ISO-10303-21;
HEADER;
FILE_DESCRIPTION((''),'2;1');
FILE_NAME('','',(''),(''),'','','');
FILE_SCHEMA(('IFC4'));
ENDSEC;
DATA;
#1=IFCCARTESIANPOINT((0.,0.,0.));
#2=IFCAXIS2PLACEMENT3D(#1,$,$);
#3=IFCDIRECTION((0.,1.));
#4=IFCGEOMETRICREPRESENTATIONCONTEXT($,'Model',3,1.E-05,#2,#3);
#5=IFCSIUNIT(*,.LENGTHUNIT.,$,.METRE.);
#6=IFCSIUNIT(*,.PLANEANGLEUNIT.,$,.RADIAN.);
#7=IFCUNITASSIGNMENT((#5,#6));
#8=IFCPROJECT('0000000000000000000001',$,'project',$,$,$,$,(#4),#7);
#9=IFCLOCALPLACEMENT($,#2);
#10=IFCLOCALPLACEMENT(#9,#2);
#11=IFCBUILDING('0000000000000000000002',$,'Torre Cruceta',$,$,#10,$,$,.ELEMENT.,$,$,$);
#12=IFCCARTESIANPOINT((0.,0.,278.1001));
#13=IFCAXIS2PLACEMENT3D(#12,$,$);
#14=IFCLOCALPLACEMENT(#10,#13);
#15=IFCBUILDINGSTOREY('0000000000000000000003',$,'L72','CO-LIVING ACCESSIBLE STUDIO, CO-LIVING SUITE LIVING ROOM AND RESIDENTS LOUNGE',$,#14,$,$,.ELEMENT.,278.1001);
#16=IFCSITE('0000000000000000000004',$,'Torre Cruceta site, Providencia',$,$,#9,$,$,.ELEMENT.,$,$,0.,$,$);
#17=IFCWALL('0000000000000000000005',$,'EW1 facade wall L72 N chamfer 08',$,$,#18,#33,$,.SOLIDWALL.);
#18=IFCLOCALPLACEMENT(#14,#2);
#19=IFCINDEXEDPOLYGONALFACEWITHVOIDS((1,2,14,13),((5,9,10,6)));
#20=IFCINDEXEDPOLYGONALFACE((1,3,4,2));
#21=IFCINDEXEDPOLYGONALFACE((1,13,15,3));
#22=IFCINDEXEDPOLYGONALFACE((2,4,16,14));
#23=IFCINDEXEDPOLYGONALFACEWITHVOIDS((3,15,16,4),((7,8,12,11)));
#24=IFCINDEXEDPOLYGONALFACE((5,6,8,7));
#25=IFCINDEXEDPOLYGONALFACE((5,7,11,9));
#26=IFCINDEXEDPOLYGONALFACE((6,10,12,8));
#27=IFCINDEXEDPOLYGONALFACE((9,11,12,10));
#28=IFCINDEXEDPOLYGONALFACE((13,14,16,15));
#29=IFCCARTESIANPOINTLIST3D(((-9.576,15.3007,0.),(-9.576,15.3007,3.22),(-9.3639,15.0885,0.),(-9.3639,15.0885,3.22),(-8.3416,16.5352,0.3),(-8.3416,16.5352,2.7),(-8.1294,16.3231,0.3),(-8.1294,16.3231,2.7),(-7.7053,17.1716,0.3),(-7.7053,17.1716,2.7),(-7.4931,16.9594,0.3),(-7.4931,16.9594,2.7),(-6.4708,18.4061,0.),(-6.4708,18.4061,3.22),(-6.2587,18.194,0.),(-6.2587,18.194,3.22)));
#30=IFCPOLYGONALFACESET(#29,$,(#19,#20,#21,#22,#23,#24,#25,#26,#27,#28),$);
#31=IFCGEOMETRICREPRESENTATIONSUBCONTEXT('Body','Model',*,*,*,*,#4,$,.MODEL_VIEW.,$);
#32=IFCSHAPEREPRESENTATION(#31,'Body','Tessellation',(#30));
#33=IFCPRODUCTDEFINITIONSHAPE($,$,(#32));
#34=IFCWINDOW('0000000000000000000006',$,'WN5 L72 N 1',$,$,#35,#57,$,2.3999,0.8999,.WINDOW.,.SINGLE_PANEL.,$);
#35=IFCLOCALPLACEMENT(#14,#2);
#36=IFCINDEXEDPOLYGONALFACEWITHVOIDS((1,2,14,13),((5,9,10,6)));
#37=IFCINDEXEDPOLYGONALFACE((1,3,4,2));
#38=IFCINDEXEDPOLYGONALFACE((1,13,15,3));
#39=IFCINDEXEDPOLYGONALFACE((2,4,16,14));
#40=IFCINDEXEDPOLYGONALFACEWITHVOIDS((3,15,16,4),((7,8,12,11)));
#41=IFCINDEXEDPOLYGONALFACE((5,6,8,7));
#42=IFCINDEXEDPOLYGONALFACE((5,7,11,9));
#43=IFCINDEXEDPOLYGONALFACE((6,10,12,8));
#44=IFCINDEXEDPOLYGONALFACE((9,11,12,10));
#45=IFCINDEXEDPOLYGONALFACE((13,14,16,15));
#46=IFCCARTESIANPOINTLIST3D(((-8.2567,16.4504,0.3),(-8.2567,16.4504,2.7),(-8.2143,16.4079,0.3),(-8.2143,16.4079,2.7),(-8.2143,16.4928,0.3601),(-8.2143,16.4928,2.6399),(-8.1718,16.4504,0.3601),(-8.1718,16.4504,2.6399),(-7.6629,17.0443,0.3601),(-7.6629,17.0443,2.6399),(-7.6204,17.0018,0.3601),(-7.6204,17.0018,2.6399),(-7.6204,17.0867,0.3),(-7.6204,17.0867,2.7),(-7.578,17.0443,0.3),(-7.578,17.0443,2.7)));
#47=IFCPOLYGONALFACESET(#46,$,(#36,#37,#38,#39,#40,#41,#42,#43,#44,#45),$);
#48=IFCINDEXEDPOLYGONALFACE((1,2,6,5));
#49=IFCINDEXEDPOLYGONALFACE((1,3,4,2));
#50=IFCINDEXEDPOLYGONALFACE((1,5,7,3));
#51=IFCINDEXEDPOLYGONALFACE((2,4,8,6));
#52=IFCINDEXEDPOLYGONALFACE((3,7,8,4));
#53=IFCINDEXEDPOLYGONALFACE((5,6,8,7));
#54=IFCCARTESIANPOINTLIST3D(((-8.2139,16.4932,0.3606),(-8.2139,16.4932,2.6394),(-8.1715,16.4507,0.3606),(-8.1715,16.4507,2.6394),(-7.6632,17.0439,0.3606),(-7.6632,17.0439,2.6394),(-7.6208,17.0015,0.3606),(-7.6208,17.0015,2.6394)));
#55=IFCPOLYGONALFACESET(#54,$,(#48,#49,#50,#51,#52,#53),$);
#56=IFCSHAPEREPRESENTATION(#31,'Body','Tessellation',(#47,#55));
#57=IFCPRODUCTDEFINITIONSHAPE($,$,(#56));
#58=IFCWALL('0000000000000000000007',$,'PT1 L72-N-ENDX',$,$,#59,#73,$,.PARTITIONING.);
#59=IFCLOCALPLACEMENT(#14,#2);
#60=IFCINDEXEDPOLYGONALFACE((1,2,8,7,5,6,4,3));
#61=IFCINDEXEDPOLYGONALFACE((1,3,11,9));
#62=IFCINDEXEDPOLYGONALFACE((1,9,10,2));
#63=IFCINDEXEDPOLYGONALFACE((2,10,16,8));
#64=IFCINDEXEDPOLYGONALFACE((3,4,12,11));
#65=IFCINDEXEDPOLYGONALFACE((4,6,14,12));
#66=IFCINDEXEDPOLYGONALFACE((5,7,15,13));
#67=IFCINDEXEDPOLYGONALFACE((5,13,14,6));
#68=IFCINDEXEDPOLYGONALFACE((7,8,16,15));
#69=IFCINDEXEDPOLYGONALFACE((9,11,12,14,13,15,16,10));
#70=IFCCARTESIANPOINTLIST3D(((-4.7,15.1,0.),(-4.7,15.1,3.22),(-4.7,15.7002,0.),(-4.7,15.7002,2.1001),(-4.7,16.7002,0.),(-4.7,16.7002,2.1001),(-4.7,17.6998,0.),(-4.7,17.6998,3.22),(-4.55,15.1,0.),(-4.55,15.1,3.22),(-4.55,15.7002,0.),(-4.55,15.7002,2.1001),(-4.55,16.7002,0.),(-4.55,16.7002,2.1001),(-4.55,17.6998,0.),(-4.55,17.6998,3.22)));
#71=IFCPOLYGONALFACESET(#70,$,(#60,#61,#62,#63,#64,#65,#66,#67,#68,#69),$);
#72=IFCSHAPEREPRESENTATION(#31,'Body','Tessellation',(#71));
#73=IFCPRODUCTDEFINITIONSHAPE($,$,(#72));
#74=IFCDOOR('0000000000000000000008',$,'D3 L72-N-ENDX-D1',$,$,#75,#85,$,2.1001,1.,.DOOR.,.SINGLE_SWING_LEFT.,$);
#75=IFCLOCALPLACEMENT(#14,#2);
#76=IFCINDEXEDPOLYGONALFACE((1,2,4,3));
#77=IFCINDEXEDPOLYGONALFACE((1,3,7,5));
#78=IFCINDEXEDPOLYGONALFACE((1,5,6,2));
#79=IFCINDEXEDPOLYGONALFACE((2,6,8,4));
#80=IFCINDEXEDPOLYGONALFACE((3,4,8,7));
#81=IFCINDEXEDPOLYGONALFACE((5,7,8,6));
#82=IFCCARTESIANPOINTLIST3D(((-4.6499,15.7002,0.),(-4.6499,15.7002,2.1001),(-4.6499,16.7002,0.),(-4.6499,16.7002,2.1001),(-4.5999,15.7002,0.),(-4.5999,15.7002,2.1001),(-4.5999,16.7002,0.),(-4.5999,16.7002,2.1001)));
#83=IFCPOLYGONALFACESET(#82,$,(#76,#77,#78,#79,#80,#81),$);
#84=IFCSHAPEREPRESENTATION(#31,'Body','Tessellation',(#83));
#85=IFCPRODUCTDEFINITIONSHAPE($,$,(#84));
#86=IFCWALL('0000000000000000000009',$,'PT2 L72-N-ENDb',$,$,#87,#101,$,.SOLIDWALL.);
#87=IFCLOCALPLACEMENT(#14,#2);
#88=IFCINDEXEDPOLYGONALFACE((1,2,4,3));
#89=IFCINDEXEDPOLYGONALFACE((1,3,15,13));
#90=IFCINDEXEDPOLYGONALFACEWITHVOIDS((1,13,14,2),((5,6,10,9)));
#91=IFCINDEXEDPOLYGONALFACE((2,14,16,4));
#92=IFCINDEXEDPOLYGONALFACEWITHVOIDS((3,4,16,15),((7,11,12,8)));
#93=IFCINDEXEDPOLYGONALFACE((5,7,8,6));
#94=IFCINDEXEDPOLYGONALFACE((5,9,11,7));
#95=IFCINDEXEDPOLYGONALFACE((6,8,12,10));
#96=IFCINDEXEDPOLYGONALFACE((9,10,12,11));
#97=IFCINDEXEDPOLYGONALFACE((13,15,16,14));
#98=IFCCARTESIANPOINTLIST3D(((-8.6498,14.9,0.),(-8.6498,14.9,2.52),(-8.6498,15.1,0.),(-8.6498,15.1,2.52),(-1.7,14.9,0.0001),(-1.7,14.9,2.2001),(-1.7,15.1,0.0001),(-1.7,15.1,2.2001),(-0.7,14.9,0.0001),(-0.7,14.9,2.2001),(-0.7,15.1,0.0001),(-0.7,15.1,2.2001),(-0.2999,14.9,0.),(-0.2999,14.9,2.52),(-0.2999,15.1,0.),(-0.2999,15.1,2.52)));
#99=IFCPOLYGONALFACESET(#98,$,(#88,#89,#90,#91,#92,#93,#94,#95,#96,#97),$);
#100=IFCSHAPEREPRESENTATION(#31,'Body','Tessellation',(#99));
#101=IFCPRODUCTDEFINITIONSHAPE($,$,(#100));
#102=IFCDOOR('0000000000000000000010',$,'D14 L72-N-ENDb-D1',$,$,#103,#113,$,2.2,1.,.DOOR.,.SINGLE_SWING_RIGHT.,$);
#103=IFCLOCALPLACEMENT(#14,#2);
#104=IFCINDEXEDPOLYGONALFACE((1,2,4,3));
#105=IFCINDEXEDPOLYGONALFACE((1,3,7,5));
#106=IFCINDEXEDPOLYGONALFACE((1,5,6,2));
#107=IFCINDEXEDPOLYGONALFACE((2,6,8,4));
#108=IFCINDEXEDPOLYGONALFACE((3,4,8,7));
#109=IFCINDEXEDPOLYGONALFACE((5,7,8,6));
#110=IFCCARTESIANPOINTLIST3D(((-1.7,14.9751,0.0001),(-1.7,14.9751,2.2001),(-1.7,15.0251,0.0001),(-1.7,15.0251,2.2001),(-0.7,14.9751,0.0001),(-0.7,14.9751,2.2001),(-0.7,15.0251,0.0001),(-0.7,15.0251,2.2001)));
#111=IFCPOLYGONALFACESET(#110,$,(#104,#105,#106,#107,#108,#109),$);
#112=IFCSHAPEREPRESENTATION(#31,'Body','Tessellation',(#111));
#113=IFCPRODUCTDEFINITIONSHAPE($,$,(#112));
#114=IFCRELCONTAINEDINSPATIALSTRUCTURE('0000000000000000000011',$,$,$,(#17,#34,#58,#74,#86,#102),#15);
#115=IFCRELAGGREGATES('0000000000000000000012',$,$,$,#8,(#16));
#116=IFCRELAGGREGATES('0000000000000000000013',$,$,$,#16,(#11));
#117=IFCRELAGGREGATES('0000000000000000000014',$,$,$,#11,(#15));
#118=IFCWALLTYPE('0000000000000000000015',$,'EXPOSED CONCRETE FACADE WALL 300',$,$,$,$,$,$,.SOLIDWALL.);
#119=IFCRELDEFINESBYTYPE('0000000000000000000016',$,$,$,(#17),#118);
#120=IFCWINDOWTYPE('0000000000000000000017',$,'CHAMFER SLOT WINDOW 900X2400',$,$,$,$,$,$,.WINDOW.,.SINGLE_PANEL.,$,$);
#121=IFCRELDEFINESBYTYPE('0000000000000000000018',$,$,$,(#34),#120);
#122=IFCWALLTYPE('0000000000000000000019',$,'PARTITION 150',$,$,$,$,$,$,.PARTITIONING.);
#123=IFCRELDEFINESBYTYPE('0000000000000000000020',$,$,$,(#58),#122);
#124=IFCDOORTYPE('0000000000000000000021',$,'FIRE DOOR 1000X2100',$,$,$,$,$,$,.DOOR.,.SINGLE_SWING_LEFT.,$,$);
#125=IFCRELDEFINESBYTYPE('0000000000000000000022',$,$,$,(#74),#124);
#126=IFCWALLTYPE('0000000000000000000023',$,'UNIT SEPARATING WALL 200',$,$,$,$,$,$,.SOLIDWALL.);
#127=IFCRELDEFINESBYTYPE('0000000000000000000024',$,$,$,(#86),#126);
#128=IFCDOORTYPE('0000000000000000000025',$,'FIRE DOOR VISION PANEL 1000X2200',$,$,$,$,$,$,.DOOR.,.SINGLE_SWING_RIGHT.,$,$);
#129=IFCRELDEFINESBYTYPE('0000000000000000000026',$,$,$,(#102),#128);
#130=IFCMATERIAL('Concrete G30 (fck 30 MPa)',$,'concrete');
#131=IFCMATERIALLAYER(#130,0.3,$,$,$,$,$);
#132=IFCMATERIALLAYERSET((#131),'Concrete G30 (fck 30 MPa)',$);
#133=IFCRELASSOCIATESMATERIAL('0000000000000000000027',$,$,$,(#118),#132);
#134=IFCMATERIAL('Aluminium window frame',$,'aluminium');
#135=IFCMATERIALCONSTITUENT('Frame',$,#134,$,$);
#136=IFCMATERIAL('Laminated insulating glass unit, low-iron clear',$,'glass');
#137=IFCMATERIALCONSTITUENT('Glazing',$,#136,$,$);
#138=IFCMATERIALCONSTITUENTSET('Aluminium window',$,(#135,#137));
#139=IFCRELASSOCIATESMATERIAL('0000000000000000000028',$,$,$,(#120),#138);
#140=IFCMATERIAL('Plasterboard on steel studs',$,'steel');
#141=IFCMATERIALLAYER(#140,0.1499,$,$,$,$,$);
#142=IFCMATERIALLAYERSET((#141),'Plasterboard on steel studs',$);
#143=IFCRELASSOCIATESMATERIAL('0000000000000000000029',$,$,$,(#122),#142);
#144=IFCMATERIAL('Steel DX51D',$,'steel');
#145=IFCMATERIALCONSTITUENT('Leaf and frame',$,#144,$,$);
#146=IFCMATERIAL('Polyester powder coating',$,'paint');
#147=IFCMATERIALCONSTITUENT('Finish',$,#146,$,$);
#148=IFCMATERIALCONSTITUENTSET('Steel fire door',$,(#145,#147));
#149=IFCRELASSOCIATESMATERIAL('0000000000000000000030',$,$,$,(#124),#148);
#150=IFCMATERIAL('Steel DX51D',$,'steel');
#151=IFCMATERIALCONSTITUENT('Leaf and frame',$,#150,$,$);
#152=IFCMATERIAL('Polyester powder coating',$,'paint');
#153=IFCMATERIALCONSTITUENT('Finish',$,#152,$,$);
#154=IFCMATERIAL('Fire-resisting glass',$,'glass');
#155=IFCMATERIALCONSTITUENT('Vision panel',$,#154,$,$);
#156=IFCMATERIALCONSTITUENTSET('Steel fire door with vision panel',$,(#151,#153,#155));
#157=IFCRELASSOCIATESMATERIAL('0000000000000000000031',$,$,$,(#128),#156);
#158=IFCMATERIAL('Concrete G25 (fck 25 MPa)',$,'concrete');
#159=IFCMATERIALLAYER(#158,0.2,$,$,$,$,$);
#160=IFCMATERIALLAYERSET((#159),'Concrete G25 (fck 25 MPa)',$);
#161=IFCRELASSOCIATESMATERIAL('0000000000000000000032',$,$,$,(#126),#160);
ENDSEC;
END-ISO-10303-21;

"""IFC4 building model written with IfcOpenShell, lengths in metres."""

from ifc_helpers import new_model, si_unit, direction, frame, frame_2d, origin, place, context, subcontext, project, spatial, rectangle, hollow_rectangle, extrude, material, layer, layer_set, constituent, constituent_set, type_object, element, fill, save


model = new_model("IFC4")

# Units and contexts
model_context = context("Model", 3, precision=1e-05, world=origin(), true_north=direction((0.0, 1.0)))
body_context = subcontext(model_context, "Body", "Model", "MODEL_VIEW")
ifc_project = project(units=[si_unit("LENGTHUNIT", "METRE"), si_unit("PLANEANGLEUNIT", "RADIAN")], contexts=[model_context])

# Site, building, storey
site_placement = place(None, origin())
site = spatial("IfcSite", under=ifc_project, at=site_placement, Name="Torre Cruceta site, Providencia", CompositionType="ELEMENT", RefElevation=0.0)
building_placement = place(site_placement, origin())
building = spatial("IfcBuilding", under=site, at=building_placement, Name="Torre Cruceta", CompositionType="ELEMENT")
storey_placement = place(building_placement, frame((0.0, 0.0, 278.1001)))
storey = spatial("IfcBuildingStorey", under=building, at=storey_placement, Name="L72", Description="CO-LIVING ACCESSIBLE STUDIO, CO-LIVING SUITE LIVING ROOM AND RESIDENTS LOUNGE", CompositionType="ELEMENT", Elevation=278.1001)

# Wall, opening, window
ifc_material_1 = material(Name="Concrete G30 (fck 30 MPa)", Category="concrete")
ifc_layer_1 = layer(ifc_material_1, 0.3)
ifc_layer_set_1 = layer_set([ifc_layer_1], Name="Concrete G30 (fck 30 MPa)")
wall_type_1 = type_object("IfcWallType", Name="EXPOSED CONCRETE FACADE WALL 300", PredefinedType="SOLIDWALL", material=ifc_layer_set_1)
wall_1_placement = place(storey_placement, frame((-6.3647, 18.3, 0.0), z_axis=(0.0, 0.0, 1.0), x_axis=(-0.707079, -0.707135, 0.0)))
wall_1 = element("IfcWall", 1, at=wall_1_placement, inside=storey, type_object=wall_type_1, Name="EW1 facade wall L72 N chamfer 08", PredefinedType="SOLIDWALL", context=body_context, shape_type="SweptSolid", body=[
    extrude(rectangle(XDim=4.3916, YDim=0.3, at=frame_2d((2.1958, 0.0))), origin(), (0.0, 0.0, 1.0), 3.22),
])
opening_1_placement = place(wall_1_placement, frame((1.7458, 0.0, 0.3)))
opening_1 = element("IfcOpeningElement", 2, at=opening_1_placement, cuts=wall_1, PredefinedType="OPENING", context=body_context, shape_type="SweptSolid", body=[
    extrude(rectangle(XDim=0.8999, YDim=2.3999, at=frame_2d((0.45, 1.2))), frame((0.0, 0.1599, 0.0), z_axis=(0.0, -1.0, 0.0), x_axis=(1.0, 0.0, 0.0)), (0.0, 0.0, 1.0), 0.3201),
])
ifc_material_2 = material(Name="Aluminium window frame", Category="aluminium")
ifc_constituent_1 = constituent(ifc_material_2, Name="Frame")
ifc_material_3 = material(Name="Laminated insulating glass unit, low-iron clear", Category="glass")
ifc_constituent_2 = constituent(ifc_material_3, Name="Glazing")
ifc_constituent_set_1 = constituent_set(constituents=[ifc_constituent_1, ifc_constituent_2], Name="Aluminium window")
window_type = type_object("IfcWindowType", Name="CHAMFER SLOT WINDOW 900X2400", PartitioningType="SINGLE_PANEL", PredefinedType="WINDOW", material=ifc_constituent_set_1)
window_placement = place(opening_1_placement, origin())
window = element("IfcWindow", 3, at=window_placement, inside=storey, type_object=window_type, Name="WN5 L72 N 1", OverallHeight=2.3999, OverallWidth=0.8999, PartitioningType="SINGLE_PANEL", PredefinedType="WINDOW", context=body_context, shape_type="SweptSolid", body=[
    extrude(hollow_rectangle(XDim=0.8999, YDim=2.3999, WallThickness=0.0601, at=frame_2d((0.45, 1.2))), frame((0.0, 0.03, 0.0), z_axis=(0.0, -1.0, 0.0), x_axis=(1.0, 0.0, 0.0)), (0.0, 0.0, 1.0), 0.0601),
    extrude(rectangle(XDim=0.7788, YDim=2.2788, at=frame_2d((0.45, 1.2))), frame((0.0, 0.03, 0.0), z_axis=(0.0, -1.0, 0.0), x_axis=(1.0, 0.0, 0.0)), (0.0, 0.0, 1.0), 0.0601),
])
fill(opening_1, window)

# Wall, opening, door
ifc_material_4 = material(Name="Plasterboard on steel studs", Category="steel")
ifc_layer_2 = layer(ifc_material_4, 0.1499)
ifc_layer_set_2 = layer_set([ifc_layer_2], Name="Plasterboard on steel studs")
wall_type_2 = type_object("IfcWallType", Name="PARTITION 150", PredefinedType="PARTITIONING", material=ifc_layer_set_2)
wall_2_placement = place(storey_placement, frame((-4.625, 15.1001, 0.0), z_axis=(0.0, 0.0, 1.0), x_axis=(0.0, 1.0, 0.0)))
wall_2 = element("IfcWall", 4, at=wall_2_placement, inside=storey, type_object=wall_type_2, Name="PT1 L72-N-ENDX", PredefinedType="PARTITIONING", context=body_context, shape_type="SweptSolid", body=[
    extrude(rectangle(XDim=2.5999, YDim=0.1499, at=frame_2d((1.2998, 0.0))), origin(), (0.0, 0.0, 1.0), 3.22),
])
opening_2_placement = place(wall_2_placement, frame((0.6001, 0.0, 0.0)))
opening_2 = element("IfcOpeningElement", 5, at=opening_2_placement, cuts=wall_2, PredefinedType="OPENING", context=body_context, shape_type="SweptSolid", body=[
    extrude(rectangle(XDim=1.0, YDim=2.1001, at=frame_2d((0.5, 1.05))), frame((0.0, 0.085, 0.0), z_axis=(0.0, -1.0, 0.0), x_axis=(1.0, 0.0, 0.0)), (0.0, 0.0, 1.0), 0.1699),
])
ifc_material_5 = material(Name="Steel DX51D", Category="steel")
ifc_constituent_3 = constituent(ifc_material_5, Name="Leaf and frame")
ifc_material_6 = material(Name="Polyester powder coating", Category="paint")
ifc_constituent_4 = constituent(ifc_material_6, Name="Finish")
ifc_constituent_set_2 = constituent_set(constituents=[ifc_constituent_3, ifc_constituent_4], Name="Steel fire door")
door_type_1 = type_object("IfcDoorType", Name="FIRE DOOR 1000X2100", OperationType="SINGLE_SWING_LEFT", PredefinedType="DOOR", material=ifc_constituent_set_2)
door_1_placement = place(opening_2_placement, origin())
door_1 = element("IfcDoor", 6, at=door_1_placement, inside=storey, type_object=door_type_1, Name="D3 L72-N-ENDX-D1", OperationType="SINGLE_SWING_LEFT", OverallHeight=2.1001, OverallWidth=1.0, PredefinedType="DOOR", context=body_context, shape_type="SweptSolid", body=[
    extrude(rectangle(XDim=1.0, YDim=2.1001, at=frame_2d((0.5, 1.05))), frame((0.0, 0.0249, 0.0), z_axis=(0.0, -1.0, 0.0), x_axis=(1.0, 0.0, 0.0)), (0.0, 0.0, 1.0), 0.05),
])
fill(opening_2, door_1)

# Shared definitions
ifc_material_7 = material(Name="Steel DX51D", Category="steel")
ifc_constituent_5 = constituent(ifc_material_7, Name="Leaf and frame")
ifc_material_8 = material(Name="Polyester powder coating", Category="paint")
ifc_constituent_6 = constituent(ifc_material_8, Name="Finish")
ifc_material_9 = material(Name="Fire-resisting glass", Category="glass")
ifc_constituent_7 = constituent(ifc_material_9, Name="Vision panel")
ifc_constituent_set_3 = constituent_set(constituents=[ifc_constituent_5, ifc_constituent_6, ifc_constituent_7], Name="Steel fire door with vision panel")
door_type_2 = type_object("IfcDoorType", Name="FIRE DOOR VISION PANEL 1000X2200", OperationType="SINGLE_SWING_RIGHT", PredefinedType="DOOR", material=ifc_constituent_set_3)

# Wall, opening, door
ifc_material_10 = material(Name="Concrete G25 (fck 25 MPa)", Category="concrete")
ifc_layer_3 = layer(ifc_material_10, 0.2)
ifc_layer_set_3 = layer_set([ifc_layer_3], Name="Concrete G25 (fck 25 MPa)")
wall_type_3 = type_object("IfcWallType", Name="UNIT SEPARATING WALL 200", PredefinedType="SOLIDWALL", material=ifc_layer_set_3)
wall_3_placement = place(storey_placement, frame((-0.3, 15.0, 0.0), z_axis=(0.0, 0.0, 1.0), x_axis=(-1.0, 0.0, 0.0)))
wall_3 = element("IfcWall", 7, at=wall_3_placement, inside=storey, type_object=wall_type_3, Name="PT2 L72-N-ENDb", PredefinedType="SOLIDWALL", context=body_context, shape_type="SweptSolid", body=[
    extrude(rectangle(XDim=8.3499, YDim=0.2, at=frame_2d((4.1748, 0.0))), origin(), (0.0, 0.0, 1.0), 2.52),
])
opening_3_placement = place(wall_3_placement, frame((0.3999, 0.0, 0.0)))
opening_3 = element("IfcOpeningElement", 8, at=opening_3_placement, cuts=wall_3, PredefinedType="OPENING", context=body_context, shape_type="SweptSolid", body=[
    extrude(rectangle(XDim=1.0, YDim=2.2, at=frame_2d((0.5, 1.1001))), frame((0.0, 0.1099, 0.0), z_axis=(0.0, -1.0, 0.0), x_axis=(1.0, 0.0, 0.0)), (0.0, 0.0, 1.0), 0.22),
])
door_2_placement = place(opening_3_placement, frame((1.0, 0.0, 0.0), z_axis=(0.0, 0.0, 1.0), x_axis=(-1.0, 0.0, 0.0)))
door_2 = element("IfcDoor", 9, at=door_2_placement, inside=storey, type_object=door_type_2, Name="D14 L72-N-ENDb-D1", OperationType="SINGLE_SWING_RIGHT", OverallHeight=2.2, OverallWidth=1.0, PredefinedType="DOOR", context=body_context, shape_type="SweptSolid", body=[
    extrude(rectangle(XDim=1.0, YDim=2.2, at=frame_2d((0.5, 1.1001))), frame((0.0, 0.0251, 0.0), z_axis=(0.0, -1.0, 0.0), x_axis=(1.0, 0.0, 0.0)), (0.0, 0.0, 1.0), 0.05),
])
fill(opening_3, door_2)

save(model, "model.ifc")
